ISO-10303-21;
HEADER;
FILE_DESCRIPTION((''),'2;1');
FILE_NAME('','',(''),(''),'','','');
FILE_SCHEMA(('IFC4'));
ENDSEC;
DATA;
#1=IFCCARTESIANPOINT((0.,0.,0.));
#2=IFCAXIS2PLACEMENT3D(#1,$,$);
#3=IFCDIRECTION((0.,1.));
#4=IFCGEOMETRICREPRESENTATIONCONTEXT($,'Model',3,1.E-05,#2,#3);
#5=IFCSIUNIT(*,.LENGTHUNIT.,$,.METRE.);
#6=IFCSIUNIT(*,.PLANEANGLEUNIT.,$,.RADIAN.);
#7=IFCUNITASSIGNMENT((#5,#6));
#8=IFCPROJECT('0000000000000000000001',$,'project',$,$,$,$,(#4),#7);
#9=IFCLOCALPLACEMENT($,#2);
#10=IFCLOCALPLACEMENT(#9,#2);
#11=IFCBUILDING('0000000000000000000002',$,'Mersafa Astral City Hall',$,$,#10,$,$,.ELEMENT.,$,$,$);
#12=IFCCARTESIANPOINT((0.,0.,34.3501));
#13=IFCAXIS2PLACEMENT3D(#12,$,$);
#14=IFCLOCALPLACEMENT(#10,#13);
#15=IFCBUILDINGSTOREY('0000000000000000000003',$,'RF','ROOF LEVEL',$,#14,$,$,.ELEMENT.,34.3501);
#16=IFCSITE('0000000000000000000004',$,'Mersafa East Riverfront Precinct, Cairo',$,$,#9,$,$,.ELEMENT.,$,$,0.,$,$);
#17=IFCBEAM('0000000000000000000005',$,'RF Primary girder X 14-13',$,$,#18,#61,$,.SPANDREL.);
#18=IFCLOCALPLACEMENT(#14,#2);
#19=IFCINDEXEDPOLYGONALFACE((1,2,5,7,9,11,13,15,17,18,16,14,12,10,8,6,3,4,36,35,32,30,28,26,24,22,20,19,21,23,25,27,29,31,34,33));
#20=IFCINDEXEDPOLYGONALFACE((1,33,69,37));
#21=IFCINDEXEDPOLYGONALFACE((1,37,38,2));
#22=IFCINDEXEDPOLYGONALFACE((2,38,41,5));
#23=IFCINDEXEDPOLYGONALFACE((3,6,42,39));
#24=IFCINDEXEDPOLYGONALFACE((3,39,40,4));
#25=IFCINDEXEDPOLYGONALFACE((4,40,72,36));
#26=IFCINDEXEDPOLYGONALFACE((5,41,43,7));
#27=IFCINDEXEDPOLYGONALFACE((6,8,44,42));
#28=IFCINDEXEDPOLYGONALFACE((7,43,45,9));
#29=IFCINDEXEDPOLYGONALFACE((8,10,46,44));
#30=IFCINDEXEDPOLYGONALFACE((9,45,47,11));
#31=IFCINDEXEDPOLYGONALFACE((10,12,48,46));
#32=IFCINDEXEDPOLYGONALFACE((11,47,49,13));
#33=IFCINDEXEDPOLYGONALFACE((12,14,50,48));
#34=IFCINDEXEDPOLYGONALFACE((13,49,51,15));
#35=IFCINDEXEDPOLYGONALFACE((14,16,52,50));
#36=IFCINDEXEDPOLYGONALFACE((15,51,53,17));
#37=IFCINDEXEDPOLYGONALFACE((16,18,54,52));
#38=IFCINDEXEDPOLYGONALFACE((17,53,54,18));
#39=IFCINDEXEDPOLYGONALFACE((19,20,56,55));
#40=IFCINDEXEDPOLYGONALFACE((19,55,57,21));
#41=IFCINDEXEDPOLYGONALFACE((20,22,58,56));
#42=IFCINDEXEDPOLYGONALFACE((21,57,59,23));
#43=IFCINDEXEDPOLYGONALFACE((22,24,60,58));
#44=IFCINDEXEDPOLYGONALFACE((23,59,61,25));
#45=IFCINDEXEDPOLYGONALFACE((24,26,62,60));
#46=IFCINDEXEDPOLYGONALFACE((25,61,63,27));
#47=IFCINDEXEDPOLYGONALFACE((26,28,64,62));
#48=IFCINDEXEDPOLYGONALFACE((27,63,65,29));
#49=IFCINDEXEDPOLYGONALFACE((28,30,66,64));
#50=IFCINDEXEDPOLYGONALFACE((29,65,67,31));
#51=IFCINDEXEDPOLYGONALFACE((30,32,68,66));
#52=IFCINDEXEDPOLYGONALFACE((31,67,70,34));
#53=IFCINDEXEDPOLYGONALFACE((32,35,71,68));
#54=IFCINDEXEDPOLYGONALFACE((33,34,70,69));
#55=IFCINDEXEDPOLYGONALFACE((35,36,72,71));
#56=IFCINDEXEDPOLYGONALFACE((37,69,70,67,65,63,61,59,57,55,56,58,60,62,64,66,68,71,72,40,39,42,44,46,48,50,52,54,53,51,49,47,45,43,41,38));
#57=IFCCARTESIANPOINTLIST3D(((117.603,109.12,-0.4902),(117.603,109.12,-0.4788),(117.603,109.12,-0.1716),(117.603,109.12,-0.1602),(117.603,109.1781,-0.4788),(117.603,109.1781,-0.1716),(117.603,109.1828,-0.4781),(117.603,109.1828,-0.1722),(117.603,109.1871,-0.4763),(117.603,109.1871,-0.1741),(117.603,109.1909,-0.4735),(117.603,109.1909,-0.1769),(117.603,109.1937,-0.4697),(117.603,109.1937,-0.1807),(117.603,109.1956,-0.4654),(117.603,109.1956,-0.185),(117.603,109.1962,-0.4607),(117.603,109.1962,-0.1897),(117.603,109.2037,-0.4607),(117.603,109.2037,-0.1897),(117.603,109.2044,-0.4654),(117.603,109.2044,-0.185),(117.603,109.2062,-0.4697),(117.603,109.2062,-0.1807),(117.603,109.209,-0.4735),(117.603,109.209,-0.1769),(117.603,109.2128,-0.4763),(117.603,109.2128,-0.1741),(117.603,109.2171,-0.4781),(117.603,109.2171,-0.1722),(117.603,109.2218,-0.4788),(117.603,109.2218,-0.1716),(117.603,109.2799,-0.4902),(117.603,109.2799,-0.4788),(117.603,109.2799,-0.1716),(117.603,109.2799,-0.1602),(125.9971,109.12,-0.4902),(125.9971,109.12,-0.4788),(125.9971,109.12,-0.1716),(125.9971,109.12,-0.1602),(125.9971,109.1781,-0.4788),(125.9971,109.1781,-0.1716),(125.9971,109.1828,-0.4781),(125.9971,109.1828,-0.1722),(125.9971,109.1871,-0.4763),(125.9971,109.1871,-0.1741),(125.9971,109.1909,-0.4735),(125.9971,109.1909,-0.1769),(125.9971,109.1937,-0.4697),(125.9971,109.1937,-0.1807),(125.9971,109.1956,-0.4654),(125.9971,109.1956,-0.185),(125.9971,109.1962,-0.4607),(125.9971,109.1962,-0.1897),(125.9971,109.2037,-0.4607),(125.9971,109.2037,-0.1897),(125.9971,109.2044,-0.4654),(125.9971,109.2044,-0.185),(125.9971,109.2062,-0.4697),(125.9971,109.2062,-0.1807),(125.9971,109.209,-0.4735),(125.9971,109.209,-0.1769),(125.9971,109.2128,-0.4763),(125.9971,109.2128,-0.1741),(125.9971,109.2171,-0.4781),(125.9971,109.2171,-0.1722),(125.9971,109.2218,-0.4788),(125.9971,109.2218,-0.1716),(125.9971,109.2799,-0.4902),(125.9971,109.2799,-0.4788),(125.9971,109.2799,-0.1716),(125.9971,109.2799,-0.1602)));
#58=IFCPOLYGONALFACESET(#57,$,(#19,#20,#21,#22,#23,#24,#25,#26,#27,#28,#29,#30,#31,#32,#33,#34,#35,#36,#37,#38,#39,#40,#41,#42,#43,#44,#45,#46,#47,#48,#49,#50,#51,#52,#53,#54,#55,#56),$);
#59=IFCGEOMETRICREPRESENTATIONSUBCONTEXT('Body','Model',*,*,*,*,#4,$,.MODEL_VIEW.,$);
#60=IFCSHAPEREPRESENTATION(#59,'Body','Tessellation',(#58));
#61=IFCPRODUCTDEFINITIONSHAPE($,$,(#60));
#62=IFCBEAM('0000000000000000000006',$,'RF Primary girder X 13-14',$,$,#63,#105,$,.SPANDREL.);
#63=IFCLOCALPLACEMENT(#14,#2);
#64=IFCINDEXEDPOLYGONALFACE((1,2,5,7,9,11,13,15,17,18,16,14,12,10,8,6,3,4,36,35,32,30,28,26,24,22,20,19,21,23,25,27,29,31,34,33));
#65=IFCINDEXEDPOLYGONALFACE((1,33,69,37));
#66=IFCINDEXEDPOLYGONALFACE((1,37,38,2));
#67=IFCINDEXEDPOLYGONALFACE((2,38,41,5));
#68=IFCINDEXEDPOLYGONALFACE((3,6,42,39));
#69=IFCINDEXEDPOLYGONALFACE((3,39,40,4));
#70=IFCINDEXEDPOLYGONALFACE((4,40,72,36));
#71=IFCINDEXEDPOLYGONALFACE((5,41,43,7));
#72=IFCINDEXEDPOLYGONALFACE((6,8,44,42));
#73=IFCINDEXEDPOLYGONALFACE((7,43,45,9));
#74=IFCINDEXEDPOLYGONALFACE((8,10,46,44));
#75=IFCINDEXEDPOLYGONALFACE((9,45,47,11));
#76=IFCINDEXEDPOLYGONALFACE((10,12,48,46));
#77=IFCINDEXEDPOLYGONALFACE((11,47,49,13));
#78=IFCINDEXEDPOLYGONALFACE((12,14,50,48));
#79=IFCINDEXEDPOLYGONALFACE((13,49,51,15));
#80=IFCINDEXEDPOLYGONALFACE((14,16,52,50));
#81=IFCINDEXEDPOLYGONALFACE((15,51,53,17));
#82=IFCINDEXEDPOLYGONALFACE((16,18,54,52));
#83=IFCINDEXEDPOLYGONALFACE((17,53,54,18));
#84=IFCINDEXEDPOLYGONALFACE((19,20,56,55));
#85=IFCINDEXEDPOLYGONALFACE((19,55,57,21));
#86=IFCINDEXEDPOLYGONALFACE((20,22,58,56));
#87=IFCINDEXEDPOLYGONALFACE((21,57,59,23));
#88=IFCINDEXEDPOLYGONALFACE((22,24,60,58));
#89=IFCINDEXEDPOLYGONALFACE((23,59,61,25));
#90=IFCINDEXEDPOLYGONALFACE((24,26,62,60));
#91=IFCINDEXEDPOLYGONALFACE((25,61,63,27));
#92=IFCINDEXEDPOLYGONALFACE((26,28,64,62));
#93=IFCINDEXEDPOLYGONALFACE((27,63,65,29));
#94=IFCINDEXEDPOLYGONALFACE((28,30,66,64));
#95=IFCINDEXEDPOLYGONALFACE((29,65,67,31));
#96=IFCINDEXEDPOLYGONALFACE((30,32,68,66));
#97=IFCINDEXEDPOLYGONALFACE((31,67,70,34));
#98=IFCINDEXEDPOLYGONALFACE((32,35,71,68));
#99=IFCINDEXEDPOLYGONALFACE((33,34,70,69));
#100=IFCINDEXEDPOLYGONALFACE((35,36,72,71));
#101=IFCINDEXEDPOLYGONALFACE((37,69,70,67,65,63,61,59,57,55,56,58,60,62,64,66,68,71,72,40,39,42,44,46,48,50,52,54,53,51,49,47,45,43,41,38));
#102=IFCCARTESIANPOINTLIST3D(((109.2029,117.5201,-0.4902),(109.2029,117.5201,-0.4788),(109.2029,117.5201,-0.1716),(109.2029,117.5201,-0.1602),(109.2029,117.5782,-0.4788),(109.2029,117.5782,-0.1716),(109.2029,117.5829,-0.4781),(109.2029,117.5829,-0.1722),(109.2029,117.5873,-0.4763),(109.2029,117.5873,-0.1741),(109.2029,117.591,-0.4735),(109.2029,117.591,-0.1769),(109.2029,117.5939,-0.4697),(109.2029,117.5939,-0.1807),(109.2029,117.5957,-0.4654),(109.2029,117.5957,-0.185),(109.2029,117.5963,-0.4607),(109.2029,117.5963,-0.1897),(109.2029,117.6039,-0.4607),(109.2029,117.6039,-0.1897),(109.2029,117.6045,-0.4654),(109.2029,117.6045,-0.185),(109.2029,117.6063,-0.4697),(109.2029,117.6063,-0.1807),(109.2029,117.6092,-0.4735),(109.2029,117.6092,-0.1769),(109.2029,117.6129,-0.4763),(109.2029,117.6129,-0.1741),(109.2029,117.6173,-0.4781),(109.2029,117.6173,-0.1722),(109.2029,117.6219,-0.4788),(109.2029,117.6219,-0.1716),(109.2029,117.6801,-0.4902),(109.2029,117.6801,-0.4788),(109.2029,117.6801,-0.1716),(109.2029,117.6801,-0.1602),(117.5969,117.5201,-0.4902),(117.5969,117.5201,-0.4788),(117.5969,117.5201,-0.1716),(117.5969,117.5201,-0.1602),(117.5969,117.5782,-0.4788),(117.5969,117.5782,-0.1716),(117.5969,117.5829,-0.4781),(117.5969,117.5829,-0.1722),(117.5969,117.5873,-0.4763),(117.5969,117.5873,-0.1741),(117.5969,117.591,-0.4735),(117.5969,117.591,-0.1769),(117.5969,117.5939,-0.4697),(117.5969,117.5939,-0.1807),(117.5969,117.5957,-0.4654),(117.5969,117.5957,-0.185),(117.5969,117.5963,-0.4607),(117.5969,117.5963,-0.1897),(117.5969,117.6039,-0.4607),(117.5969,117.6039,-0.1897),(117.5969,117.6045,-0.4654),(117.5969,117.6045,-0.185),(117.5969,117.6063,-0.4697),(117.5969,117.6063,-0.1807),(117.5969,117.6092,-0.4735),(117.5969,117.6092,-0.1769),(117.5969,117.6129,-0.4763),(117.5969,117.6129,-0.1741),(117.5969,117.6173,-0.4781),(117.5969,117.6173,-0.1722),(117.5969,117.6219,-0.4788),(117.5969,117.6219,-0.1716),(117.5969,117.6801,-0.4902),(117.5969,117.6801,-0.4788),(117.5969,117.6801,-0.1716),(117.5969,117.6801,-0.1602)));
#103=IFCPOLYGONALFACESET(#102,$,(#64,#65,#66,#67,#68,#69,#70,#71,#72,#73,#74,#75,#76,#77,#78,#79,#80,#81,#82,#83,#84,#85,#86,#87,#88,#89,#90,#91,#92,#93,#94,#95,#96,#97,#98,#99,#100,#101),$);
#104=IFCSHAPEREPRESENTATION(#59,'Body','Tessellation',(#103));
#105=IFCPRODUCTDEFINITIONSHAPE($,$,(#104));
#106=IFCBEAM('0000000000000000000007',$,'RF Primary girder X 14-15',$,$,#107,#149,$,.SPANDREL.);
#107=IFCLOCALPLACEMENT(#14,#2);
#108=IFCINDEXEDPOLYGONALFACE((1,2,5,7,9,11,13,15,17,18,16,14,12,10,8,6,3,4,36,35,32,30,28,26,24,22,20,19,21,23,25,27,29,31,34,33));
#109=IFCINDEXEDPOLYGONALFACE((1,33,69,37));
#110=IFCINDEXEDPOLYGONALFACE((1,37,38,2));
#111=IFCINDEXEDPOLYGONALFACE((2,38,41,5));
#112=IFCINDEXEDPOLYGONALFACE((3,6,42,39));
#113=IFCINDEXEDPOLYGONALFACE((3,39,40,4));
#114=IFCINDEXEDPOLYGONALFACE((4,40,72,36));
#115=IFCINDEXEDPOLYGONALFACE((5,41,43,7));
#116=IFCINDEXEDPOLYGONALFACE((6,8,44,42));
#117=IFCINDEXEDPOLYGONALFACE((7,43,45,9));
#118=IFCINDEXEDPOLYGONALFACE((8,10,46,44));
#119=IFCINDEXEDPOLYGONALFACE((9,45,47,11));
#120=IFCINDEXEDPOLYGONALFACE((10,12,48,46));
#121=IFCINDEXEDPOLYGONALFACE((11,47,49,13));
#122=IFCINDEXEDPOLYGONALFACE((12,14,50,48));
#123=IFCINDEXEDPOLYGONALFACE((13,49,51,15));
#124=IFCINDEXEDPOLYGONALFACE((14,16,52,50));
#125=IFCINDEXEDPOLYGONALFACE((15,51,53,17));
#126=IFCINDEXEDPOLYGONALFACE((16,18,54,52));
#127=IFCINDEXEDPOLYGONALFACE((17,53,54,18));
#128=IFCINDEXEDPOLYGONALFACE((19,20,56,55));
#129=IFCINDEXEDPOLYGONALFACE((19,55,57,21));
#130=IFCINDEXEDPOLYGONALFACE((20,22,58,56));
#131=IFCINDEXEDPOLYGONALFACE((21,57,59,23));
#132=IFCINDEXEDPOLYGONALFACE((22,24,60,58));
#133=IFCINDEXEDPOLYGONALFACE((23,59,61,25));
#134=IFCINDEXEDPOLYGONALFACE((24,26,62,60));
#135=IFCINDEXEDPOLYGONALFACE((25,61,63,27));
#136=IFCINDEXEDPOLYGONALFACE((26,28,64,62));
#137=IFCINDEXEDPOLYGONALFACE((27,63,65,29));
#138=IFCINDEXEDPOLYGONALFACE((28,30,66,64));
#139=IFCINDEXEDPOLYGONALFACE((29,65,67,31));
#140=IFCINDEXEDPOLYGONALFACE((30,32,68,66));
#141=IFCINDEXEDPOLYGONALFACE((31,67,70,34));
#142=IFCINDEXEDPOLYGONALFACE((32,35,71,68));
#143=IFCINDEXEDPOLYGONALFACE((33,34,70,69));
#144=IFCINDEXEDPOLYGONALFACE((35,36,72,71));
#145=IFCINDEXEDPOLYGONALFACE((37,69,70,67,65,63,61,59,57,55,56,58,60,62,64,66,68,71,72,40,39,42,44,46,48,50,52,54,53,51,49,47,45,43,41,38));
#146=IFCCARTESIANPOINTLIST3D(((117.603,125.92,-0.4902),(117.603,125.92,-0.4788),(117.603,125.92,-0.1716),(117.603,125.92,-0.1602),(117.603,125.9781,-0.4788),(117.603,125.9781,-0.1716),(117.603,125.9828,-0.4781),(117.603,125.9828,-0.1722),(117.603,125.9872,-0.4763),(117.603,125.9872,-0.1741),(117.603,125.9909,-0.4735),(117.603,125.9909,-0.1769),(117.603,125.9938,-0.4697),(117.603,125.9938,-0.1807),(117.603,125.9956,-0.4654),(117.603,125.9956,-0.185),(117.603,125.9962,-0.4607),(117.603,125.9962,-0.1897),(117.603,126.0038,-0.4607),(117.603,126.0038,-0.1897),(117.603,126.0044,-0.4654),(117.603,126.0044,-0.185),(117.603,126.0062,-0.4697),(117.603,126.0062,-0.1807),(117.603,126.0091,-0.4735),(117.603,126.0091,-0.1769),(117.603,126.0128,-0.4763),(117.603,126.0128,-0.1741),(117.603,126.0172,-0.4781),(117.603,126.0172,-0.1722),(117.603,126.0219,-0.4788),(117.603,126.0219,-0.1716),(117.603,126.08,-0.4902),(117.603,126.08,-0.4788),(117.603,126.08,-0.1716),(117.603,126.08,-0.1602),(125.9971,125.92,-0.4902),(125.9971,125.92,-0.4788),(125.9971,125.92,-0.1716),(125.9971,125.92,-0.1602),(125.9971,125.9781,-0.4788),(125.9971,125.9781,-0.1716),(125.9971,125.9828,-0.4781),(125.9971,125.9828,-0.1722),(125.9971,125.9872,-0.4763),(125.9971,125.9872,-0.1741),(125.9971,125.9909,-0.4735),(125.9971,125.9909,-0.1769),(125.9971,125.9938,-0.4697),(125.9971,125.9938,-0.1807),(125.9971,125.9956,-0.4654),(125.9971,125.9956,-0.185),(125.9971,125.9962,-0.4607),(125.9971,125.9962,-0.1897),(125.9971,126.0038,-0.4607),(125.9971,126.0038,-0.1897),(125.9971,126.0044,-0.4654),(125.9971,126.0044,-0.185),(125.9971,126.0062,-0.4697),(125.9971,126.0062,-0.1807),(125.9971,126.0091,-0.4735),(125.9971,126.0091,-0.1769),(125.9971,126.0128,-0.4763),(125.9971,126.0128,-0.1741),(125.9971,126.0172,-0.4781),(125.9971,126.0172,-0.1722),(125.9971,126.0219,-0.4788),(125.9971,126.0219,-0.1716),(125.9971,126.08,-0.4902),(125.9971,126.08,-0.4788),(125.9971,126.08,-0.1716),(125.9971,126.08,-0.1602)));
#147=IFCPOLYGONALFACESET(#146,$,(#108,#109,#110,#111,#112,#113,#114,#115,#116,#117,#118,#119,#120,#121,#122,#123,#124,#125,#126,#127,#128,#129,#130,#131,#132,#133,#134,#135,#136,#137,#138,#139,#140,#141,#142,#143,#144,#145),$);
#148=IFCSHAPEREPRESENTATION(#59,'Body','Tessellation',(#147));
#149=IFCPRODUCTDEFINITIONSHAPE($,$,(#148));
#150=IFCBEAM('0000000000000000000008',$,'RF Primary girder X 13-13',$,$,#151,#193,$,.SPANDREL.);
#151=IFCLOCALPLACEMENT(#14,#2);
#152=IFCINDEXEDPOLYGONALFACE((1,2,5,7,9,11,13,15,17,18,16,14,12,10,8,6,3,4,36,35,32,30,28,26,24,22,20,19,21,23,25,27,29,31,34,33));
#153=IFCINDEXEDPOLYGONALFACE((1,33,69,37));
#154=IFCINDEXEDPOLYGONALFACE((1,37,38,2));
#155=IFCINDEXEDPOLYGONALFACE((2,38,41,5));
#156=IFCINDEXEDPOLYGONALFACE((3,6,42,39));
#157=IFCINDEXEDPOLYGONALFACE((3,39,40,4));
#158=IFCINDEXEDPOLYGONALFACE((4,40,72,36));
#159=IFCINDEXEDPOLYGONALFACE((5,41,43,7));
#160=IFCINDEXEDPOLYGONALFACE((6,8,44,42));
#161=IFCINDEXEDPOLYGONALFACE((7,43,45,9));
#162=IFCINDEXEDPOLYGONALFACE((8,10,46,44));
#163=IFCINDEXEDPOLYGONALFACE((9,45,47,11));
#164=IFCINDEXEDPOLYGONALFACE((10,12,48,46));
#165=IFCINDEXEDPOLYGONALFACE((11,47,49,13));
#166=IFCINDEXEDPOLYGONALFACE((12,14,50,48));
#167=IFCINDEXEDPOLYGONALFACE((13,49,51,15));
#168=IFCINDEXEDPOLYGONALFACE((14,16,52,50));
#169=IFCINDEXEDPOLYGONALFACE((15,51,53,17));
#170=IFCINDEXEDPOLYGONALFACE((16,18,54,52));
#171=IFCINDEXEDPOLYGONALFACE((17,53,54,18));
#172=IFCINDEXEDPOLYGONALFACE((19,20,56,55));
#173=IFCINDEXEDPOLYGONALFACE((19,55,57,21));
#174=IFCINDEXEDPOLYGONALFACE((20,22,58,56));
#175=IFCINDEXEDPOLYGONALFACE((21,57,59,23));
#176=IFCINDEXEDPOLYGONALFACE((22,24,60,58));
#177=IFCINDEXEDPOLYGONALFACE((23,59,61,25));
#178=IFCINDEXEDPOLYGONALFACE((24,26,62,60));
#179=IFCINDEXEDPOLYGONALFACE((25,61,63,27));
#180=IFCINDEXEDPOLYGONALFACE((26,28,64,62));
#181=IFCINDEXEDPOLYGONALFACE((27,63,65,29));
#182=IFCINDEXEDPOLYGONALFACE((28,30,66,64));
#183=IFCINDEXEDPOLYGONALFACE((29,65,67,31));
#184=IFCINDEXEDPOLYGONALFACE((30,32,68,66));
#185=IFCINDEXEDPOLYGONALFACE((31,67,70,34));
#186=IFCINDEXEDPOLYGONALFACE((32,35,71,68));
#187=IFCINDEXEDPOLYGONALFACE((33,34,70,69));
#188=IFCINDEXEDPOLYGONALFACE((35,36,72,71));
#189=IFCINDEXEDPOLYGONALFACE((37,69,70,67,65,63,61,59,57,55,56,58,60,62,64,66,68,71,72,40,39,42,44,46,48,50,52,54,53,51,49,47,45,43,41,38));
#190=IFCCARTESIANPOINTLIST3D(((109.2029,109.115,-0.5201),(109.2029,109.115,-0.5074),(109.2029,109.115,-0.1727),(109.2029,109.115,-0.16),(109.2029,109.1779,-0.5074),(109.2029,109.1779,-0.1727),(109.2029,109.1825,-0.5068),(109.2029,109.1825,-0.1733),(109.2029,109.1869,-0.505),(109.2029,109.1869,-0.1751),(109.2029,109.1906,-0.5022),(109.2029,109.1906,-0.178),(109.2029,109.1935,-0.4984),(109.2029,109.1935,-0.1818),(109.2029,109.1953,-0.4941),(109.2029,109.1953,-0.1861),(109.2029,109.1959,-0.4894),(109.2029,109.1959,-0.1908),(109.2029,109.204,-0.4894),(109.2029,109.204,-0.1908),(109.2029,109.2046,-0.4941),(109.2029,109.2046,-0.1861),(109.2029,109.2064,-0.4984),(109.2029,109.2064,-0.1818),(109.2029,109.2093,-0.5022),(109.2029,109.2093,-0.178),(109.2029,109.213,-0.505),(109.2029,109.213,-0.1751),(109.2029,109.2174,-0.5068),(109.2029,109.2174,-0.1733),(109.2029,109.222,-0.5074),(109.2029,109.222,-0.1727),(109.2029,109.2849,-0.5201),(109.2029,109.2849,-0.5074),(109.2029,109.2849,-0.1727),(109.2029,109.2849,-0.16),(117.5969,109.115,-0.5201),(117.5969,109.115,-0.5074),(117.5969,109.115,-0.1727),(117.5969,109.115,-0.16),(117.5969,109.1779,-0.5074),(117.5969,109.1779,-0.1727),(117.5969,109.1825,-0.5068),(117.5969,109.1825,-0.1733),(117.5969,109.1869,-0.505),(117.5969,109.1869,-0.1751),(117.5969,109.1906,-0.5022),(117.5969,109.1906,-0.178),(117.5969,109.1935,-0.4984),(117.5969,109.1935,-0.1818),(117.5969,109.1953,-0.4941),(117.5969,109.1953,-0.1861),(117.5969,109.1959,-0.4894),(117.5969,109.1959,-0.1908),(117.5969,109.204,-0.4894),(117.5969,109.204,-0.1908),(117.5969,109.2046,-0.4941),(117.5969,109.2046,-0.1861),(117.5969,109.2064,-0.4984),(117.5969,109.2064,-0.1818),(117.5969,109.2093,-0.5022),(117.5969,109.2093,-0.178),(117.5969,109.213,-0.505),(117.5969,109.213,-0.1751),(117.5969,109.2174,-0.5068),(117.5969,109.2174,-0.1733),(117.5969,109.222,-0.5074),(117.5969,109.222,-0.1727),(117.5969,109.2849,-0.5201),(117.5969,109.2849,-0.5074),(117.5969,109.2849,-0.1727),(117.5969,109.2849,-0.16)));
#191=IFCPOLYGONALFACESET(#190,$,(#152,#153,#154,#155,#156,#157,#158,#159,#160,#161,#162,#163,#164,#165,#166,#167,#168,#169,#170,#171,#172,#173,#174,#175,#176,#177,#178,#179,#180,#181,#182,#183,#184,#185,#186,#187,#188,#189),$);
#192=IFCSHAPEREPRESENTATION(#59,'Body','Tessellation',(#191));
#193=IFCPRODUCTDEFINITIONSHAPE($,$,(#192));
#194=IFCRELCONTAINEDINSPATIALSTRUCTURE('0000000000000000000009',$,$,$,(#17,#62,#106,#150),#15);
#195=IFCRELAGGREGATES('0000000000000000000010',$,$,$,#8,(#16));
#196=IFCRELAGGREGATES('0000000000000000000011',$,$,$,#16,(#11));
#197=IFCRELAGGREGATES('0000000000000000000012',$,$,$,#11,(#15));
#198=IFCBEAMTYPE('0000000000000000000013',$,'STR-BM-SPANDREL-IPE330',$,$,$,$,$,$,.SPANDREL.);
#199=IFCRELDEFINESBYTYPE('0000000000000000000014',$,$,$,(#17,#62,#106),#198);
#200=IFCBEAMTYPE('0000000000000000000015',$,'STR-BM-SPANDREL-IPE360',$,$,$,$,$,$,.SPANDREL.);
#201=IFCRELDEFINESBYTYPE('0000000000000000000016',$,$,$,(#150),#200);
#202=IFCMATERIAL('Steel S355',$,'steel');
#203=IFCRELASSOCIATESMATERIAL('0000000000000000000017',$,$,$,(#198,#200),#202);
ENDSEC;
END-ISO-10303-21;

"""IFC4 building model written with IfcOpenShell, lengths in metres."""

from ifc_helpers import new_model, si_unit, direction, frame, origin, origin_2d, place, context, subcontext, project, spatial, i_section, extrude, material, material_profile, profile_set, type_object, element, save


model = new_model("IFC4")

# Units and contexts
model_context = context("Model", 3, precision=1e-05, world=origin(), true_north=direction((0.0, 1.0)))
body_context = subcontext(model_context, "Body", "Model", "MODEL_VIEW")
ifc_project = project(units=[si_unit("LENGTHUNIT", "METRE"), si_unit("PLANEANGLEUNIT", "RADIAN")], contexts=[model_context])

# Site, building, storey
site_placement = place(None, origin())
site = spatial("IfcSite", under=ifc_project, at=site_placement, Name="Mersafa East Riverfront Precinct, Cairo", CompositionType="ELEMENT", RefElevation=0.0)
building_placement = place(site_placement, origin())
building = spatial("IfcBuilding", under=site, at=building_placement, Name="Mersafa Astral City Hall", CompositionType="ELEMENT")
storey_placement = place(building_placement, frame((0.0, 0.0, 34.3501)))
storey = spatial("IfcBuildingStorey", under=building, at=storey_placement, Name="RF", Description="ROOF LEVEL", CompositionType="ELEMENT", Elevation=34.3501)

# Shared definitions
ifc_material_1 = material(Name="Steel S355", Category="steel")

# Beams
ifc_material_profile_1 = material_profile(ifc_material_1, i_section(OverallWidth=0.1599, OverallDepth=0.3301, WebThickness=0.0076, FlangeThickness=0.0115, FilletRadius=0.0181, at=origin_2d()), Name="IPE 330")
ifc_profile_set_1 = profile_set([ifc_material_profile_1], Name="Steel S355")
beam_type_1 = type_object("IfcBeamType", Name="STR-BM-SPANDREL-IPE330", PredefinedType="SPANDREL", material=ifc_profile_set_1)
for number, where, z_axis, x_axis, name in (
    (1, (117.603, 109.2, -0.3252), (1.0, 0.0, 0.0), (0.0, 1.0, 0.0), "RF Primary girder X 14-13"),
    (2, (109.2029, 117.6001, -0.3252), (1.0, 0.0, 0.0), (0.0, 1.0, 0.0), "RF Primary girder X 13-14"),
    (3, (117.603, 126.0, -0.3252), (1.0, 0.0, 0.0), (0.0, 1.0, 0.0), "RF Primary girder X 14-15"),
):
    element("IfcBeam", number, at=place(storey_placement, frame(where, z_axis=z_axis, x_axis=x_axis)), inside=storey, type_object=beam_type_1, Name=name, PredefinedType="SPANDREL", context=body_context, shape_type="SweptSolid", body=[
        extrude(i_section(OverallWidth=0.1599, OverallDepth=0.3301, WebThickness=0.0076, FlangeThickness=0.0115, FilletRadius=0.0181, at=origin_2d()), origin(), (0.0, 0.0, 1.0), 8.394),
    ])
ifc_material_profile_2 = material_profile(ifc_material_1, i_section(OverallWidth=0.1699, OverallDepth=0.3601, WebThickness=0.0081, FlangeThickness=0.0127, FilletRadius=0.0181, at=origin_2d()), Name="IPE 360")
ifc_profile_set_2 = profile_set([ifc_material_profile_2], Name="Steel S355")
beam_type_2 = type_object("IfcBeamType", Name="STR-BM-SPANDREL-IPE360", PredefinedType="SPANDREL", material=ifc_profile_set_2)
for number, where, z_axis, x_axis, name in (
    (4, (109.2029, 109.2, -0.3401), (1.0, 0.0, 0.0), (0.0, 1.0, 0.0), "RF Primary girder X 13-13"),
):
    element("IfcBeam", number, at=place(storey_placement, frame(where, z_axis=z_axis, x_axis=x_axis)), inside=storey, type_object=beam_type_2, Name=name, PredefinedType="SPANDREL", context=body_context, shape_type="SweptSolid", body=[
        extrude(i_section(OverallWidth=0.1699, OverallDepth=0.3601, WebThickness=0.0081, FlangeThickness=0.0127, FilletRadius=0.0181, at=origin_2d()), origin(), (0.0, 0.0, 1.0), 8.394),
    ])

save(model, "model.ifc")
